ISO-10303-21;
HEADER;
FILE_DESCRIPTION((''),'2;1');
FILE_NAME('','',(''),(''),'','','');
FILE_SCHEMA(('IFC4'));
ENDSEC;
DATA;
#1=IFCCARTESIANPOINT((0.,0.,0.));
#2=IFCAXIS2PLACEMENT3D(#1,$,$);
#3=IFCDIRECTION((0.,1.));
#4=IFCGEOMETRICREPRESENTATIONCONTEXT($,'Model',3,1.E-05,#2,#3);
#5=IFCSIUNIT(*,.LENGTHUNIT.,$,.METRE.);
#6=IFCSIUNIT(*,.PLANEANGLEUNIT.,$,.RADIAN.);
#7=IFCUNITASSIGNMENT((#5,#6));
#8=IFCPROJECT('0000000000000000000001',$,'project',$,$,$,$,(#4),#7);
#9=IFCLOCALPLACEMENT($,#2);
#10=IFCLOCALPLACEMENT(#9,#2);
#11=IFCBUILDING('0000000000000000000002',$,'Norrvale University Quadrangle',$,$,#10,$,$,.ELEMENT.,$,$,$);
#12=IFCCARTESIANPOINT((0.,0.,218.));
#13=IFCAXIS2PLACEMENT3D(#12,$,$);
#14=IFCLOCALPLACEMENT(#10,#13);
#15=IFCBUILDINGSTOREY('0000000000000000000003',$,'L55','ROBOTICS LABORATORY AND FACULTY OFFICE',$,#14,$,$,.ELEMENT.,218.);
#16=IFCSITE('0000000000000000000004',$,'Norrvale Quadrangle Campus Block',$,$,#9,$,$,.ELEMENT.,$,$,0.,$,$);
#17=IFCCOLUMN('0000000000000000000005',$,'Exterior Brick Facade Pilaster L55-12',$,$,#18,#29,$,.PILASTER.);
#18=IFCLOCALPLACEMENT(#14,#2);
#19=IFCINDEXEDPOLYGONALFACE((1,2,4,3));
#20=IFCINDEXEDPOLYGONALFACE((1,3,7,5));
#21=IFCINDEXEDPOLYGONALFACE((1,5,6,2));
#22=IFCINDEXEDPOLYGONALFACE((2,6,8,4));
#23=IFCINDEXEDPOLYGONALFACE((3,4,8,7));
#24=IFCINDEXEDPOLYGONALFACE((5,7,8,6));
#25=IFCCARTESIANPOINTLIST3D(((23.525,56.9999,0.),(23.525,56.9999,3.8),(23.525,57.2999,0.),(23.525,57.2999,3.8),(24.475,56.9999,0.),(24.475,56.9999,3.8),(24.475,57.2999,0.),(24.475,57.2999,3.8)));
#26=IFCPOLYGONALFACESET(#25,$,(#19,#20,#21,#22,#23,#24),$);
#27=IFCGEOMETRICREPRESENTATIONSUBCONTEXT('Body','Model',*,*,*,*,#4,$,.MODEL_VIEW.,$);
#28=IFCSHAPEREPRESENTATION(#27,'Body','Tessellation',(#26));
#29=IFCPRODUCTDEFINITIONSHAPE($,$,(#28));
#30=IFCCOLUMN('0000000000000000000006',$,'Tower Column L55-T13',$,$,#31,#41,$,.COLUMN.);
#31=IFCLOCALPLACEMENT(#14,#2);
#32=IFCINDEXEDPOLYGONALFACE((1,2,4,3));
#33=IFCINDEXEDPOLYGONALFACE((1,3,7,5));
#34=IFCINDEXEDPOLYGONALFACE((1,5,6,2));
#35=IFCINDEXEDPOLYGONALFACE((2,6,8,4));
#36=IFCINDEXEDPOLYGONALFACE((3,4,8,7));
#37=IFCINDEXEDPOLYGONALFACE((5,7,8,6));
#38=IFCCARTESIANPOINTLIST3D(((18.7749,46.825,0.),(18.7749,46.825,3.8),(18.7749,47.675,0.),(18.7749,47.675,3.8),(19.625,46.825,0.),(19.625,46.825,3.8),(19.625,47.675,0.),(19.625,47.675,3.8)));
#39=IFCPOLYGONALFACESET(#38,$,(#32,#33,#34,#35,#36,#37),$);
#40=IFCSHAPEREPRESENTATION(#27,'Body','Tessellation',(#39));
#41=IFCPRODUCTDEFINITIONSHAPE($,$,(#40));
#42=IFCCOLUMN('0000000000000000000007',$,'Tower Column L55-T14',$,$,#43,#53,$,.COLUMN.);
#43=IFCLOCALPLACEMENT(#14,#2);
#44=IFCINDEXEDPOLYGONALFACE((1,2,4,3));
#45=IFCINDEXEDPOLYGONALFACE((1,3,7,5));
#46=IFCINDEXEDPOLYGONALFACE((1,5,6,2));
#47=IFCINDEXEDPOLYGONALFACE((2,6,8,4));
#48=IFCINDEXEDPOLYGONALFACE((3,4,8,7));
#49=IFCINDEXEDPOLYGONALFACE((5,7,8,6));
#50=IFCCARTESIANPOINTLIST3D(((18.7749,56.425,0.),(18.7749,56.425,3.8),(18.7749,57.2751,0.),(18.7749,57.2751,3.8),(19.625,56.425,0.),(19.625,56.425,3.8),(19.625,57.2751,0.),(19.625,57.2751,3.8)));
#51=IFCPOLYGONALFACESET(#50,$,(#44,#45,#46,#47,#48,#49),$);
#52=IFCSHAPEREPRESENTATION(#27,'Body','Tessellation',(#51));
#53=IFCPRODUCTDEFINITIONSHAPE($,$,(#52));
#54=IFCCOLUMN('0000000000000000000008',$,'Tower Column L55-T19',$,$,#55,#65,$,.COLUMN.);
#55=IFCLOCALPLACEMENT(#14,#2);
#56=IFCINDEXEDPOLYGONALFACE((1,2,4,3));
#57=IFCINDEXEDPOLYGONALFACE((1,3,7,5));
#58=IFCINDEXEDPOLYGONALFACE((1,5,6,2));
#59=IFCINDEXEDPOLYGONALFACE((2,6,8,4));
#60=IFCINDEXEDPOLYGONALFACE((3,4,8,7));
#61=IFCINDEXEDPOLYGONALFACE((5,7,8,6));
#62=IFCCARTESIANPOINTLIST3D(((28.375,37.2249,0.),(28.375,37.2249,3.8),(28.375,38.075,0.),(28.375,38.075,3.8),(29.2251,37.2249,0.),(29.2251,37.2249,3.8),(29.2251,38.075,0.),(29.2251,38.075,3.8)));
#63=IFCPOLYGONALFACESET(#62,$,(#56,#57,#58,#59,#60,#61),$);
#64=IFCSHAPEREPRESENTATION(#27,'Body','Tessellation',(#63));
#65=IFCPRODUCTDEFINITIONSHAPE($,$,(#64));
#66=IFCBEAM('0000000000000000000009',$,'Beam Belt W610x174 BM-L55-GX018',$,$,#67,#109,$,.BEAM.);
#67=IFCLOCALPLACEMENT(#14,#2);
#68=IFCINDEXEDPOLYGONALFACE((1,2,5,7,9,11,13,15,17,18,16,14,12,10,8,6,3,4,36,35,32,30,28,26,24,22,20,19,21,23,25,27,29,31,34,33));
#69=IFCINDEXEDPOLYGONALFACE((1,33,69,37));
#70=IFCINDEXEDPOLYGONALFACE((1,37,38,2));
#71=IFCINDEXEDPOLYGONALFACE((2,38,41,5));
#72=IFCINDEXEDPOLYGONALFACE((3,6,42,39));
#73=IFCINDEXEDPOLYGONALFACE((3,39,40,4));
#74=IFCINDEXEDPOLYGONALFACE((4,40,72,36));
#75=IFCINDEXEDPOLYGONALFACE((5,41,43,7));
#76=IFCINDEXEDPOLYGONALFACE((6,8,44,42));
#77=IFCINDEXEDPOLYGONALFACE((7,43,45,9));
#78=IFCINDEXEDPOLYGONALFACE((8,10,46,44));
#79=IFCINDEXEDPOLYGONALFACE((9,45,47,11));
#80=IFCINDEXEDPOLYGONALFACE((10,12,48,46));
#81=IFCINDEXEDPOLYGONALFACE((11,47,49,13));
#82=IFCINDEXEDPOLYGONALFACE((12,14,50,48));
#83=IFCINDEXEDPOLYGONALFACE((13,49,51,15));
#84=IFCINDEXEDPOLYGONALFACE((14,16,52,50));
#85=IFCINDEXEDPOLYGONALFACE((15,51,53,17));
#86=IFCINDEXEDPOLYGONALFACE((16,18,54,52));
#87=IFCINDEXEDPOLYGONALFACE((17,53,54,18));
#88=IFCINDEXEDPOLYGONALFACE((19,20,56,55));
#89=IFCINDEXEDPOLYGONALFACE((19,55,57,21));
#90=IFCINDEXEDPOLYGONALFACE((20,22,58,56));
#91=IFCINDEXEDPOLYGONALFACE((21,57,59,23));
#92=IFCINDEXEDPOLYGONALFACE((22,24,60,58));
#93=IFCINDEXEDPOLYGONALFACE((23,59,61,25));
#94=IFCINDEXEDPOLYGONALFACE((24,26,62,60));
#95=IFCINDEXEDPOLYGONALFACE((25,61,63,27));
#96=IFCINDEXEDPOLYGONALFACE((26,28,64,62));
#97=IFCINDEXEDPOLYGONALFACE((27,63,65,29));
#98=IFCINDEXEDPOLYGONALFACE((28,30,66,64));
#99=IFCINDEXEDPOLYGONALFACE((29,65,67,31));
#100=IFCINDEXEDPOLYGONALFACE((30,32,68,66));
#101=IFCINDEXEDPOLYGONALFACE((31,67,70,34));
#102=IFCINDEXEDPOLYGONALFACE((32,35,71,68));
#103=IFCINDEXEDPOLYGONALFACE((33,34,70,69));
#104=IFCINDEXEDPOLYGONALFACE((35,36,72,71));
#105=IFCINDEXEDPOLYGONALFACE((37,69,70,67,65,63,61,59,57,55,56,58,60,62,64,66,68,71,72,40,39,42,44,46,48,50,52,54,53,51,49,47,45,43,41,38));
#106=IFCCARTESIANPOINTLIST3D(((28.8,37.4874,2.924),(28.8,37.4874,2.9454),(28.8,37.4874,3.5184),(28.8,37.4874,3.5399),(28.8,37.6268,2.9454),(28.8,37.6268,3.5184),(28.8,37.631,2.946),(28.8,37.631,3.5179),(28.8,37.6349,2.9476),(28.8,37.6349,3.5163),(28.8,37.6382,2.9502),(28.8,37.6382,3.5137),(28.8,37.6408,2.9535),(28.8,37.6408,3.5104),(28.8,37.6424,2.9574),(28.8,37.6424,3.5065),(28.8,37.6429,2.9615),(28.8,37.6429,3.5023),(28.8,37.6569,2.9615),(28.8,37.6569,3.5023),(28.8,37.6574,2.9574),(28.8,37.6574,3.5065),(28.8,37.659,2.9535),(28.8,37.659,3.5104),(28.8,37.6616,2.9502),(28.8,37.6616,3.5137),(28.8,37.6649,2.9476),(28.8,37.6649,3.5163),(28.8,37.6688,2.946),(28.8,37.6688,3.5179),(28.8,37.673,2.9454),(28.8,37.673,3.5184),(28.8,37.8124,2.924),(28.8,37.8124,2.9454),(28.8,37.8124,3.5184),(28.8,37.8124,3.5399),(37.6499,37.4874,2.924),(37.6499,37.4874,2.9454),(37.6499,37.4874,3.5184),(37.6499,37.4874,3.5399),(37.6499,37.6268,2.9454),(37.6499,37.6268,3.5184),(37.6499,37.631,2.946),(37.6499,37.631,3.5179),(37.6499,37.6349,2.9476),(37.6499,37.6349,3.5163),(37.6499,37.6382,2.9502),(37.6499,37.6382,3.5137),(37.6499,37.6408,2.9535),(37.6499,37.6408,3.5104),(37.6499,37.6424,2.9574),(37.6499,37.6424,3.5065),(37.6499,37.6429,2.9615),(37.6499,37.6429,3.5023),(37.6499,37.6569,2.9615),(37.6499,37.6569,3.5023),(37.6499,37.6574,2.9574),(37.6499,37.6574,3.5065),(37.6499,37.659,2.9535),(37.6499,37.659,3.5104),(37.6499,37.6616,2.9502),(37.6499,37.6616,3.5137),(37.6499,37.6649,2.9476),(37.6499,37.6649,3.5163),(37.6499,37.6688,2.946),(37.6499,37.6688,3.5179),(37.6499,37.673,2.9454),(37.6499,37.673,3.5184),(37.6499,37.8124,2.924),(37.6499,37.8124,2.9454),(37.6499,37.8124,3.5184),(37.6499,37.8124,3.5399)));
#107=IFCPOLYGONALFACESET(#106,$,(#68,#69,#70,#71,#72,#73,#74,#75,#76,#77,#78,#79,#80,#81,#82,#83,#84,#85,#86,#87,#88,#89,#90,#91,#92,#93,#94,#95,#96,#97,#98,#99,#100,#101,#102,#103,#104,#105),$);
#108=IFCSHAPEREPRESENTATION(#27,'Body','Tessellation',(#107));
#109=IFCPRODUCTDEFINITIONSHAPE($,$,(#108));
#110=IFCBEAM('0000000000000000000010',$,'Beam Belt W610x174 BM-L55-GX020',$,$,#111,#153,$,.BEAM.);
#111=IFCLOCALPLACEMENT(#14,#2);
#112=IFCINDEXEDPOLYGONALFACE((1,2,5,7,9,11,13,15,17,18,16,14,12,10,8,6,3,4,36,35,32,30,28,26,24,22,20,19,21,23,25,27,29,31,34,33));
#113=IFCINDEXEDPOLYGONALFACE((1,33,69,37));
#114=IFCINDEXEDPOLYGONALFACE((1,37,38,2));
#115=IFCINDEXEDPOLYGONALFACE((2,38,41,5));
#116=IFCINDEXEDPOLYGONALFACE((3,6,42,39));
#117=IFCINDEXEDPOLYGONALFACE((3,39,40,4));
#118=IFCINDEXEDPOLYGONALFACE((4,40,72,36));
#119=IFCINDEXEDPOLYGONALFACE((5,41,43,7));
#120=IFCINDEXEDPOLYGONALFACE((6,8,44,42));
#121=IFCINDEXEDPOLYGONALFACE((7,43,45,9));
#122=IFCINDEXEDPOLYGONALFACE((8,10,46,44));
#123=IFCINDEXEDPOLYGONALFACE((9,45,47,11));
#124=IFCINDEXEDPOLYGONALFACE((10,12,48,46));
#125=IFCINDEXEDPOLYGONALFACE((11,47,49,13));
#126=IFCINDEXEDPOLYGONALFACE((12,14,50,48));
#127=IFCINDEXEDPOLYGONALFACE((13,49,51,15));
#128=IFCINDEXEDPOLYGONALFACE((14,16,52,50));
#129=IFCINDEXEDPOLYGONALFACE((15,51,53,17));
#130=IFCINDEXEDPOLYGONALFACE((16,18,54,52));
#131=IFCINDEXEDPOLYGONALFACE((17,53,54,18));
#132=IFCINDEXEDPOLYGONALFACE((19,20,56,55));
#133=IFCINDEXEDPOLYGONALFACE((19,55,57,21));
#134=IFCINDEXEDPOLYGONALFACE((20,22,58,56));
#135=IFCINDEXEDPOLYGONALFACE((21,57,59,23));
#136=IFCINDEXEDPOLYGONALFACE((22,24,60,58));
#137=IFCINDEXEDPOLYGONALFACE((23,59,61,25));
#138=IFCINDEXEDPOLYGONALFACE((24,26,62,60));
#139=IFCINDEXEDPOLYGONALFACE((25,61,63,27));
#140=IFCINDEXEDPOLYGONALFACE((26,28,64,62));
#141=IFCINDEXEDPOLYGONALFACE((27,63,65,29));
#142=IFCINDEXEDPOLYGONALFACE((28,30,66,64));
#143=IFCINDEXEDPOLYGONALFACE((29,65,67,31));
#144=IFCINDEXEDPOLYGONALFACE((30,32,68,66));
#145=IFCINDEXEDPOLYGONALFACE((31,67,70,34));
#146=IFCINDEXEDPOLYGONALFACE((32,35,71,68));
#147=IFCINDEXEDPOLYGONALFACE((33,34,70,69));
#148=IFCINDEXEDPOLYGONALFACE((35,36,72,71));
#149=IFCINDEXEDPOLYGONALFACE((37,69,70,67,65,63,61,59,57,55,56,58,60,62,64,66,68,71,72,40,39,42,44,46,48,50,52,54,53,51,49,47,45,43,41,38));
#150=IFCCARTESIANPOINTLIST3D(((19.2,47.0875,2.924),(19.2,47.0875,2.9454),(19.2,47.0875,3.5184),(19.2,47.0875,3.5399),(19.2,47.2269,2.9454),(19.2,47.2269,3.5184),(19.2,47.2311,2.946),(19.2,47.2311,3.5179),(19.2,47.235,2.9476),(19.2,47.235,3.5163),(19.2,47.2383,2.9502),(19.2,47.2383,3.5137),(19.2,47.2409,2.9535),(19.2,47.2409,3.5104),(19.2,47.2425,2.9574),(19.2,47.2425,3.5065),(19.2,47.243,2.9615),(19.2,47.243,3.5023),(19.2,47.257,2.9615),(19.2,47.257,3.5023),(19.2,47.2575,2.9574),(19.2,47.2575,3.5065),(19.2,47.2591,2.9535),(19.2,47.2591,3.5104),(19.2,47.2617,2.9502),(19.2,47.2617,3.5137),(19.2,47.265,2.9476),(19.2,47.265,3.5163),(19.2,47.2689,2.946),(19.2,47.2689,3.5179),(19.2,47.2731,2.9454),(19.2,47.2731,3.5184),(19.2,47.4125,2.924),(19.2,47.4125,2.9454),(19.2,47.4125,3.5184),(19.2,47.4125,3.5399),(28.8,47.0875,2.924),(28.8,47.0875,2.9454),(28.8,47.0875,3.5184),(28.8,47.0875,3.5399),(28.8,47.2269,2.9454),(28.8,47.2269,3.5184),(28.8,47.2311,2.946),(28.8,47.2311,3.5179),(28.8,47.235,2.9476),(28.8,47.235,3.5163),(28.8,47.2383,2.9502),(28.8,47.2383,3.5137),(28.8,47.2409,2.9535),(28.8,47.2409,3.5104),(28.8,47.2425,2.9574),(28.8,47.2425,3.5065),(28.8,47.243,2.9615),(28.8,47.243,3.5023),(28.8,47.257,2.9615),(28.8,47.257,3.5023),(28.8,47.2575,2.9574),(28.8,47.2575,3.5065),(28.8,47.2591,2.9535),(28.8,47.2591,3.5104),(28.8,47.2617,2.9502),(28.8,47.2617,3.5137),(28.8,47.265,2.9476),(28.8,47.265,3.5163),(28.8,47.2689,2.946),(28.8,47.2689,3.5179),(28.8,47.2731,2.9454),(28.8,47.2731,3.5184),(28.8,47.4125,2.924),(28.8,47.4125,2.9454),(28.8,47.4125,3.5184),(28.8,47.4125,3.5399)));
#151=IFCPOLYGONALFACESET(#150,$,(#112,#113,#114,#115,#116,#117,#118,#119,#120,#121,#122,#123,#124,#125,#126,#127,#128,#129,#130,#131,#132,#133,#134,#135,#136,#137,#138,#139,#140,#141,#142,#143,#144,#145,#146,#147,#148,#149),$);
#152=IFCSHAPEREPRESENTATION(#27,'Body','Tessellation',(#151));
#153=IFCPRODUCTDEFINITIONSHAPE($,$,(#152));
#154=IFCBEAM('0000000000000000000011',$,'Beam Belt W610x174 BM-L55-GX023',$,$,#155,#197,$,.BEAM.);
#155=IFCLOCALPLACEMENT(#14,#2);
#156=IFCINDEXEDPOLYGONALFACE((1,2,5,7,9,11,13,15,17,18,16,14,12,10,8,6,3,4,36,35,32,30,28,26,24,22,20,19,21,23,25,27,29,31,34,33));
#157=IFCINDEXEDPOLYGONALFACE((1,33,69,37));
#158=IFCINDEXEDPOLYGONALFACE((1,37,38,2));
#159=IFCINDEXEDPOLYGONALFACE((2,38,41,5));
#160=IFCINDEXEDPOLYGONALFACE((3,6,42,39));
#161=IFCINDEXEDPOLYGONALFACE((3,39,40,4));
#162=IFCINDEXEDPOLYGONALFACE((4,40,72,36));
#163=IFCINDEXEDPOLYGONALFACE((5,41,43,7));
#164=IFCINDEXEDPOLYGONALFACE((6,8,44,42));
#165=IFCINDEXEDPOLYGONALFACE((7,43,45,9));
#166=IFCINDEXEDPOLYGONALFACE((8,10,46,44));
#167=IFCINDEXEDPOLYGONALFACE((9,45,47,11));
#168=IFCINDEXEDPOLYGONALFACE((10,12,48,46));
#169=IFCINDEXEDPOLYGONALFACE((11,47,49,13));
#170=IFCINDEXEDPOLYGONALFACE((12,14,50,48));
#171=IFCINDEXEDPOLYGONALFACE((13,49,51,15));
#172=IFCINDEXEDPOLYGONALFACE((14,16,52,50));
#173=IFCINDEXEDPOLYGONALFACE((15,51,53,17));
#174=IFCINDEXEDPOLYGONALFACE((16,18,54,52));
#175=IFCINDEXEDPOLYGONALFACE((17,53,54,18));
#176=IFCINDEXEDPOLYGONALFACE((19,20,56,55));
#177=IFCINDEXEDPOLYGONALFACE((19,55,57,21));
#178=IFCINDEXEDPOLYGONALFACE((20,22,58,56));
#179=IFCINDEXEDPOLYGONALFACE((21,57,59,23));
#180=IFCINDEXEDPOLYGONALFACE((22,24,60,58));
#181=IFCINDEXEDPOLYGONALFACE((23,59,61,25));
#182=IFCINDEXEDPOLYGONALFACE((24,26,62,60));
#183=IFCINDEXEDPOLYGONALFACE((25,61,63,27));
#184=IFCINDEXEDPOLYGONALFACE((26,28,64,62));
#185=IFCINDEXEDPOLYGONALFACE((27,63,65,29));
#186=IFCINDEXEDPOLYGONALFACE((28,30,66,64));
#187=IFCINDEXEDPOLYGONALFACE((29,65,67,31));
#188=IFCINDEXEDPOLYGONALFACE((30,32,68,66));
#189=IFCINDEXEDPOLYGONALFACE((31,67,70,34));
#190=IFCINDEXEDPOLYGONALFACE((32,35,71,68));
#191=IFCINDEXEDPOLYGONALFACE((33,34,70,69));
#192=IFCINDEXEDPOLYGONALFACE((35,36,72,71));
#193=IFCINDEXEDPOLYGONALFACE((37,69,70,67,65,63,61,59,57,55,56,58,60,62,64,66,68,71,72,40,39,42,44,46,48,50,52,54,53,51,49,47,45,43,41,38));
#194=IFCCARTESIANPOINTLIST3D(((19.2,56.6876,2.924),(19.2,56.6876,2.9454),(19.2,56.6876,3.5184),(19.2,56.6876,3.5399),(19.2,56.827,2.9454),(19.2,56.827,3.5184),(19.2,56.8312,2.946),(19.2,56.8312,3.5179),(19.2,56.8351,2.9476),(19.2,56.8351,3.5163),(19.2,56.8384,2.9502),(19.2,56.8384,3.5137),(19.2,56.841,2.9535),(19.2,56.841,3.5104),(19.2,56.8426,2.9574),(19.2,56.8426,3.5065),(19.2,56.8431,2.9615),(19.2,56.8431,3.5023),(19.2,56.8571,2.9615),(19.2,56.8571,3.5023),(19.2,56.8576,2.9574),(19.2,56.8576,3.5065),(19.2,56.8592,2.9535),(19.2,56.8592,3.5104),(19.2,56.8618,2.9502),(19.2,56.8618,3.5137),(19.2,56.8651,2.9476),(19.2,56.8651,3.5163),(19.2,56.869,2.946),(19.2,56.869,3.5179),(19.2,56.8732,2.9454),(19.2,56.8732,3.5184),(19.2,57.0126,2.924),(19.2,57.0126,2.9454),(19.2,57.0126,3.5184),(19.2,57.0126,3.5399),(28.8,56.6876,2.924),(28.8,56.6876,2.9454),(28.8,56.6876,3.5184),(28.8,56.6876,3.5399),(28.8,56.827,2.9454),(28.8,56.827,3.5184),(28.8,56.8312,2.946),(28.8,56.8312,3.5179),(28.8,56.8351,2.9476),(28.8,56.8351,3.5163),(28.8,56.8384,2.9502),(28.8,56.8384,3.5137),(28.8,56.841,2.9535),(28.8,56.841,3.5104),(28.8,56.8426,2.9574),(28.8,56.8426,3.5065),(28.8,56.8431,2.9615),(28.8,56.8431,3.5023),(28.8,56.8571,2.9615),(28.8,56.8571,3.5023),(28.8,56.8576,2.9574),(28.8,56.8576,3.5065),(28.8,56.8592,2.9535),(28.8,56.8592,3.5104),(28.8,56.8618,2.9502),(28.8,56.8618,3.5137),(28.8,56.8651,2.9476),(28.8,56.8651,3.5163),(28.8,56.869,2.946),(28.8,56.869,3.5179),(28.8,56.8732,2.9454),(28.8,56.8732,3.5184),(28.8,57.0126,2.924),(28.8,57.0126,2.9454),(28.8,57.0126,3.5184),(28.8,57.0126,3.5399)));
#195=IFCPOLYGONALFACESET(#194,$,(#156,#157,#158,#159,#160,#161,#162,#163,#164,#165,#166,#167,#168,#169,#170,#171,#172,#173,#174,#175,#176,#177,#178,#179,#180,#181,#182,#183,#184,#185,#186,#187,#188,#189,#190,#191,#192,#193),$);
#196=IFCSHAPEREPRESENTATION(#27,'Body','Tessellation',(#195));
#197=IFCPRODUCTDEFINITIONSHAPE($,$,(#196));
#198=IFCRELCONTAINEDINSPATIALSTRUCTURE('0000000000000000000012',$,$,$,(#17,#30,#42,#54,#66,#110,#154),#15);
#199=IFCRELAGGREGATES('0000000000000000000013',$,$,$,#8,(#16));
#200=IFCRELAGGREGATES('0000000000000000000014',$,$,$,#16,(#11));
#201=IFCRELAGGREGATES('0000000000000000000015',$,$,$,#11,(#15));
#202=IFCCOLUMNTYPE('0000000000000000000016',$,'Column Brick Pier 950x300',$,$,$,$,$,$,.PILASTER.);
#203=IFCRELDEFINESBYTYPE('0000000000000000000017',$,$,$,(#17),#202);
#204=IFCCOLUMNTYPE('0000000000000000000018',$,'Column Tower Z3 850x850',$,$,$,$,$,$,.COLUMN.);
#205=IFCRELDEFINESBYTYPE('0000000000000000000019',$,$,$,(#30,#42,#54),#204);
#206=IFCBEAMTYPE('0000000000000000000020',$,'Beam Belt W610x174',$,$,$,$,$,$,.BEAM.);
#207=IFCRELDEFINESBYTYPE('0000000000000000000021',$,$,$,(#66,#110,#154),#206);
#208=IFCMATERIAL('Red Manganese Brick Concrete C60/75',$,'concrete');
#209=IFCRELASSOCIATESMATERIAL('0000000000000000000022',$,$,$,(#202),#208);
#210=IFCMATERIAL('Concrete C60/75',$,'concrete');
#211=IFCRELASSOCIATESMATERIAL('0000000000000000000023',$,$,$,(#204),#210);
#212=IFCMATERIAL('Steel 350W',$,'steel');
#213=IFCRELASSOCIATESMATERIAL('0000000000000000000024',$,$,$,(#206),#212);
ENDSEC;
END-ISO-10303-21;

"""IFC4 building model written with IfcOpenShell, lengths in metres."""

from ifc_helpers import new_model, si_unit, direction, frame, origin, origin_2d, place, context, subcontext, project, spatial, rectangle, i_section, extrude, material, material_profile, profile_set, type_object, element, save


model = new_model("IFC4")

# Units and contexts
model_context = context("Model", 3, precision=1e-05, world=origin(), true_north=direction((0.0, 1.0)))
body_context = subcontext(model_context, "Body", "Model", "MODEL_VIEW")
ifc_project = project(units=[si_unit("LENGTHUNIT", "METRE"), si_unit("PLANEANGLEUNIT", "RADIAN")], contexts=[model_context])

# Site, building, storey
site_placement = place(None, origin())
site = spatial("IfcSite", under=ifc_project, at=site_placement, Name="Norrvale Quadrangle Campus Block", CompositionType="ELEMENT", RefElevation=0.0)
building_placement = place(site_placement, origin())
building = spatial("IfcBuilding", under=site, at=building_placement, Name="Norrvale University Quadrangle", CompositionType="ELEMENT")
storey_placement = place(building_placement, frame((0.0, 0.0, 218.0)))
storey = spatial("IfcBuildingStorey", under=building, at=storey_placement, Name="L55", Description="ROBOTICS LABORATORY AND FACULTY OFFICE", CompositionType="ELEMENT", Elevation=218.0)

# Columns
ifc_material_1 = material(Name="Red Manganese Brick Concrete C60/75", Category="concrete")
ifc_material_profile_1 = material_profile(ifc_material_1, rectangle(XDim=0.95, YDim=0.3, at=origin_2d()), Name="Red Manganese Brick Concrete C60/75")
ifc_profile_set_1 = profile_set([ifc_material_profile_1], Name="Red Manganese Brick Concrete C60/75")
column_type_1 = type_object("IfcColumnType", Name="Column Brick Pier 950x300", PredefinedType="PILASTER", material=ifc_profile_set_1)
column_placement = place(storey_placement, frame((24.0, 57.1499, 0.0), z_axis=(0.0, 0.0, 1.0), x_axis=(1.0, 0.0, 0.0)))
element("IfcColumn", 1, at=column_placement, inside=storey, type_object=column_type_1, Name="Exterior Brick Facade Pilaster L55-12", PredefinedType="PILASTER", context=body_context, shape_type="SweptSolid", body=[
    extrude(rectangle(XDim=0.95, YDim=0.3, at=origin_2d()), origin(), (0.0, 0.0, 1.0), 3.8),
])
ifc_material_2 = material(Name="Concrete C60/75", Category="concrete")
ifc_material_profile_2 = material_profile(ifc_material_2, rectangle(XDim=0.8501, YDim=0.8501, at=origin_2d()), Name="Concrete C60/75")
ifc_profile_set_2 = profile_set([ifc_material_profile_2], Name="Concrete C60/75")
column_type_2 = type_object("IfcColumnType", Name="Column Tower Z3 850x850", PredefinedType="COLUMN", material=ifc_profile_set_2)
for number, where, z_axis, x_axis, name in (
    (2, (19.2, 47.25, 0.0), (0.0, 0.0, 1.0), (1.0, 0.0, 0.0), "Tower Column L55-T13"),
    (3, (19.2, 56.8501, 0.0), (0.0, 0.0, 1.0), (1.0, 0.0, 0.0), "Tower Column L55-T14"),
    (4, (28.8, 37.6499, 0.0), (0.0, 0.0, 1.0), (1.0, 0.0, 0.0), "Tower Column L55-T19"),
):
    element("IfcColumn", number, at=place(storey_placement, frame(where, z_axis=z_axis, x_axis=x_axis)), inside=storey, type_object=column_type_2, Name=name, PredefinedType="COLUMN", context=body_context, shape_type="SweptSolid", body=[
        extrude(rectangle(XDim=0.8501, YDim=0.8501, at=origin_2d()), origin(), (0.0, 0.0, 1.0), 3.8),
    ])

# Beams
ifc_material_3 = material(Name="Steel 350W", Category="steel")
ifc_material_profile_3 = material_profile(ifc_material_3, i_section(OverallWidth=0.325, OverallDepth=0.616, WebThickness=0.0139, FlangeThickness=0.0215, FilletRadius=0.0161, at=origin_2d()), Name="Steel 350W")
ifc_profile_set_3 = profile_set([ifc_material_profile_3], Name="Steel 350W")
beam_type_1 = type_object("IfcBeamType", Name="Beam Belt W610x174", PredefinedType="BEAM", material=ifc_profile_set_3)
beam_1_placement = place(storey_placement, frame((28.8, 37.6499, 3.2319), z_axis=(1.0, 0.0, 0.0), x_axis=(0.0, 1.0, 0.0)))
element("IfcBeam", 5, at=beam_1_placement, inside=storey, type_object=beam_type_1, Name="Beam Belt W610x174 BM-L55-GX018", PredefinedType="BEAM", context=body_context, shape_type="SweptSolid", body=[
    extrude(i_section(OverallWidth=0.325, OverallDepth=0.616, WebThickness=0.0139, FlangeThickness=0.0215, FilletRadius=0.0161, at=origin_2d()), origin(), (0.0, 0.0, 1.0), 8.8499),
])
for number, where, z_axis, x_axis, name in (
    (6, (19.2, 47.25, 3.2319), (1.0, 0.0, 0.0), (0.0, 1.0, 0.0), "Beam Belt W610x174 BM-L55-GX020"),
    (7, (19.2, 56.8501, 3.2319), (1.0, 0.0, 0.0), (0.0, 1.0, 0.0), "Beam Belt W610x174 BM-L55-GX023"),
):
    element("IfcBeam", number, at=place(storey_placement, frame(where, z_axis=z_axis, x_axis=x_axis)), inside=storey, type_object=beam_type_1, Name=name, PredefinedType="BEAM", context=body_context, shape_type="SweptSolid", body=[
        extrude(i_section(OverallWidth=0.325, OverallDepth=0.616, WebThickness=0.0139, FlangeThickness=0.0215, FilletRadius=0.0161, at=origin_2d()), origin(), (0.0, 0.0, 1.0), 9.6001),
    ])

save(model, "model.ifc")
